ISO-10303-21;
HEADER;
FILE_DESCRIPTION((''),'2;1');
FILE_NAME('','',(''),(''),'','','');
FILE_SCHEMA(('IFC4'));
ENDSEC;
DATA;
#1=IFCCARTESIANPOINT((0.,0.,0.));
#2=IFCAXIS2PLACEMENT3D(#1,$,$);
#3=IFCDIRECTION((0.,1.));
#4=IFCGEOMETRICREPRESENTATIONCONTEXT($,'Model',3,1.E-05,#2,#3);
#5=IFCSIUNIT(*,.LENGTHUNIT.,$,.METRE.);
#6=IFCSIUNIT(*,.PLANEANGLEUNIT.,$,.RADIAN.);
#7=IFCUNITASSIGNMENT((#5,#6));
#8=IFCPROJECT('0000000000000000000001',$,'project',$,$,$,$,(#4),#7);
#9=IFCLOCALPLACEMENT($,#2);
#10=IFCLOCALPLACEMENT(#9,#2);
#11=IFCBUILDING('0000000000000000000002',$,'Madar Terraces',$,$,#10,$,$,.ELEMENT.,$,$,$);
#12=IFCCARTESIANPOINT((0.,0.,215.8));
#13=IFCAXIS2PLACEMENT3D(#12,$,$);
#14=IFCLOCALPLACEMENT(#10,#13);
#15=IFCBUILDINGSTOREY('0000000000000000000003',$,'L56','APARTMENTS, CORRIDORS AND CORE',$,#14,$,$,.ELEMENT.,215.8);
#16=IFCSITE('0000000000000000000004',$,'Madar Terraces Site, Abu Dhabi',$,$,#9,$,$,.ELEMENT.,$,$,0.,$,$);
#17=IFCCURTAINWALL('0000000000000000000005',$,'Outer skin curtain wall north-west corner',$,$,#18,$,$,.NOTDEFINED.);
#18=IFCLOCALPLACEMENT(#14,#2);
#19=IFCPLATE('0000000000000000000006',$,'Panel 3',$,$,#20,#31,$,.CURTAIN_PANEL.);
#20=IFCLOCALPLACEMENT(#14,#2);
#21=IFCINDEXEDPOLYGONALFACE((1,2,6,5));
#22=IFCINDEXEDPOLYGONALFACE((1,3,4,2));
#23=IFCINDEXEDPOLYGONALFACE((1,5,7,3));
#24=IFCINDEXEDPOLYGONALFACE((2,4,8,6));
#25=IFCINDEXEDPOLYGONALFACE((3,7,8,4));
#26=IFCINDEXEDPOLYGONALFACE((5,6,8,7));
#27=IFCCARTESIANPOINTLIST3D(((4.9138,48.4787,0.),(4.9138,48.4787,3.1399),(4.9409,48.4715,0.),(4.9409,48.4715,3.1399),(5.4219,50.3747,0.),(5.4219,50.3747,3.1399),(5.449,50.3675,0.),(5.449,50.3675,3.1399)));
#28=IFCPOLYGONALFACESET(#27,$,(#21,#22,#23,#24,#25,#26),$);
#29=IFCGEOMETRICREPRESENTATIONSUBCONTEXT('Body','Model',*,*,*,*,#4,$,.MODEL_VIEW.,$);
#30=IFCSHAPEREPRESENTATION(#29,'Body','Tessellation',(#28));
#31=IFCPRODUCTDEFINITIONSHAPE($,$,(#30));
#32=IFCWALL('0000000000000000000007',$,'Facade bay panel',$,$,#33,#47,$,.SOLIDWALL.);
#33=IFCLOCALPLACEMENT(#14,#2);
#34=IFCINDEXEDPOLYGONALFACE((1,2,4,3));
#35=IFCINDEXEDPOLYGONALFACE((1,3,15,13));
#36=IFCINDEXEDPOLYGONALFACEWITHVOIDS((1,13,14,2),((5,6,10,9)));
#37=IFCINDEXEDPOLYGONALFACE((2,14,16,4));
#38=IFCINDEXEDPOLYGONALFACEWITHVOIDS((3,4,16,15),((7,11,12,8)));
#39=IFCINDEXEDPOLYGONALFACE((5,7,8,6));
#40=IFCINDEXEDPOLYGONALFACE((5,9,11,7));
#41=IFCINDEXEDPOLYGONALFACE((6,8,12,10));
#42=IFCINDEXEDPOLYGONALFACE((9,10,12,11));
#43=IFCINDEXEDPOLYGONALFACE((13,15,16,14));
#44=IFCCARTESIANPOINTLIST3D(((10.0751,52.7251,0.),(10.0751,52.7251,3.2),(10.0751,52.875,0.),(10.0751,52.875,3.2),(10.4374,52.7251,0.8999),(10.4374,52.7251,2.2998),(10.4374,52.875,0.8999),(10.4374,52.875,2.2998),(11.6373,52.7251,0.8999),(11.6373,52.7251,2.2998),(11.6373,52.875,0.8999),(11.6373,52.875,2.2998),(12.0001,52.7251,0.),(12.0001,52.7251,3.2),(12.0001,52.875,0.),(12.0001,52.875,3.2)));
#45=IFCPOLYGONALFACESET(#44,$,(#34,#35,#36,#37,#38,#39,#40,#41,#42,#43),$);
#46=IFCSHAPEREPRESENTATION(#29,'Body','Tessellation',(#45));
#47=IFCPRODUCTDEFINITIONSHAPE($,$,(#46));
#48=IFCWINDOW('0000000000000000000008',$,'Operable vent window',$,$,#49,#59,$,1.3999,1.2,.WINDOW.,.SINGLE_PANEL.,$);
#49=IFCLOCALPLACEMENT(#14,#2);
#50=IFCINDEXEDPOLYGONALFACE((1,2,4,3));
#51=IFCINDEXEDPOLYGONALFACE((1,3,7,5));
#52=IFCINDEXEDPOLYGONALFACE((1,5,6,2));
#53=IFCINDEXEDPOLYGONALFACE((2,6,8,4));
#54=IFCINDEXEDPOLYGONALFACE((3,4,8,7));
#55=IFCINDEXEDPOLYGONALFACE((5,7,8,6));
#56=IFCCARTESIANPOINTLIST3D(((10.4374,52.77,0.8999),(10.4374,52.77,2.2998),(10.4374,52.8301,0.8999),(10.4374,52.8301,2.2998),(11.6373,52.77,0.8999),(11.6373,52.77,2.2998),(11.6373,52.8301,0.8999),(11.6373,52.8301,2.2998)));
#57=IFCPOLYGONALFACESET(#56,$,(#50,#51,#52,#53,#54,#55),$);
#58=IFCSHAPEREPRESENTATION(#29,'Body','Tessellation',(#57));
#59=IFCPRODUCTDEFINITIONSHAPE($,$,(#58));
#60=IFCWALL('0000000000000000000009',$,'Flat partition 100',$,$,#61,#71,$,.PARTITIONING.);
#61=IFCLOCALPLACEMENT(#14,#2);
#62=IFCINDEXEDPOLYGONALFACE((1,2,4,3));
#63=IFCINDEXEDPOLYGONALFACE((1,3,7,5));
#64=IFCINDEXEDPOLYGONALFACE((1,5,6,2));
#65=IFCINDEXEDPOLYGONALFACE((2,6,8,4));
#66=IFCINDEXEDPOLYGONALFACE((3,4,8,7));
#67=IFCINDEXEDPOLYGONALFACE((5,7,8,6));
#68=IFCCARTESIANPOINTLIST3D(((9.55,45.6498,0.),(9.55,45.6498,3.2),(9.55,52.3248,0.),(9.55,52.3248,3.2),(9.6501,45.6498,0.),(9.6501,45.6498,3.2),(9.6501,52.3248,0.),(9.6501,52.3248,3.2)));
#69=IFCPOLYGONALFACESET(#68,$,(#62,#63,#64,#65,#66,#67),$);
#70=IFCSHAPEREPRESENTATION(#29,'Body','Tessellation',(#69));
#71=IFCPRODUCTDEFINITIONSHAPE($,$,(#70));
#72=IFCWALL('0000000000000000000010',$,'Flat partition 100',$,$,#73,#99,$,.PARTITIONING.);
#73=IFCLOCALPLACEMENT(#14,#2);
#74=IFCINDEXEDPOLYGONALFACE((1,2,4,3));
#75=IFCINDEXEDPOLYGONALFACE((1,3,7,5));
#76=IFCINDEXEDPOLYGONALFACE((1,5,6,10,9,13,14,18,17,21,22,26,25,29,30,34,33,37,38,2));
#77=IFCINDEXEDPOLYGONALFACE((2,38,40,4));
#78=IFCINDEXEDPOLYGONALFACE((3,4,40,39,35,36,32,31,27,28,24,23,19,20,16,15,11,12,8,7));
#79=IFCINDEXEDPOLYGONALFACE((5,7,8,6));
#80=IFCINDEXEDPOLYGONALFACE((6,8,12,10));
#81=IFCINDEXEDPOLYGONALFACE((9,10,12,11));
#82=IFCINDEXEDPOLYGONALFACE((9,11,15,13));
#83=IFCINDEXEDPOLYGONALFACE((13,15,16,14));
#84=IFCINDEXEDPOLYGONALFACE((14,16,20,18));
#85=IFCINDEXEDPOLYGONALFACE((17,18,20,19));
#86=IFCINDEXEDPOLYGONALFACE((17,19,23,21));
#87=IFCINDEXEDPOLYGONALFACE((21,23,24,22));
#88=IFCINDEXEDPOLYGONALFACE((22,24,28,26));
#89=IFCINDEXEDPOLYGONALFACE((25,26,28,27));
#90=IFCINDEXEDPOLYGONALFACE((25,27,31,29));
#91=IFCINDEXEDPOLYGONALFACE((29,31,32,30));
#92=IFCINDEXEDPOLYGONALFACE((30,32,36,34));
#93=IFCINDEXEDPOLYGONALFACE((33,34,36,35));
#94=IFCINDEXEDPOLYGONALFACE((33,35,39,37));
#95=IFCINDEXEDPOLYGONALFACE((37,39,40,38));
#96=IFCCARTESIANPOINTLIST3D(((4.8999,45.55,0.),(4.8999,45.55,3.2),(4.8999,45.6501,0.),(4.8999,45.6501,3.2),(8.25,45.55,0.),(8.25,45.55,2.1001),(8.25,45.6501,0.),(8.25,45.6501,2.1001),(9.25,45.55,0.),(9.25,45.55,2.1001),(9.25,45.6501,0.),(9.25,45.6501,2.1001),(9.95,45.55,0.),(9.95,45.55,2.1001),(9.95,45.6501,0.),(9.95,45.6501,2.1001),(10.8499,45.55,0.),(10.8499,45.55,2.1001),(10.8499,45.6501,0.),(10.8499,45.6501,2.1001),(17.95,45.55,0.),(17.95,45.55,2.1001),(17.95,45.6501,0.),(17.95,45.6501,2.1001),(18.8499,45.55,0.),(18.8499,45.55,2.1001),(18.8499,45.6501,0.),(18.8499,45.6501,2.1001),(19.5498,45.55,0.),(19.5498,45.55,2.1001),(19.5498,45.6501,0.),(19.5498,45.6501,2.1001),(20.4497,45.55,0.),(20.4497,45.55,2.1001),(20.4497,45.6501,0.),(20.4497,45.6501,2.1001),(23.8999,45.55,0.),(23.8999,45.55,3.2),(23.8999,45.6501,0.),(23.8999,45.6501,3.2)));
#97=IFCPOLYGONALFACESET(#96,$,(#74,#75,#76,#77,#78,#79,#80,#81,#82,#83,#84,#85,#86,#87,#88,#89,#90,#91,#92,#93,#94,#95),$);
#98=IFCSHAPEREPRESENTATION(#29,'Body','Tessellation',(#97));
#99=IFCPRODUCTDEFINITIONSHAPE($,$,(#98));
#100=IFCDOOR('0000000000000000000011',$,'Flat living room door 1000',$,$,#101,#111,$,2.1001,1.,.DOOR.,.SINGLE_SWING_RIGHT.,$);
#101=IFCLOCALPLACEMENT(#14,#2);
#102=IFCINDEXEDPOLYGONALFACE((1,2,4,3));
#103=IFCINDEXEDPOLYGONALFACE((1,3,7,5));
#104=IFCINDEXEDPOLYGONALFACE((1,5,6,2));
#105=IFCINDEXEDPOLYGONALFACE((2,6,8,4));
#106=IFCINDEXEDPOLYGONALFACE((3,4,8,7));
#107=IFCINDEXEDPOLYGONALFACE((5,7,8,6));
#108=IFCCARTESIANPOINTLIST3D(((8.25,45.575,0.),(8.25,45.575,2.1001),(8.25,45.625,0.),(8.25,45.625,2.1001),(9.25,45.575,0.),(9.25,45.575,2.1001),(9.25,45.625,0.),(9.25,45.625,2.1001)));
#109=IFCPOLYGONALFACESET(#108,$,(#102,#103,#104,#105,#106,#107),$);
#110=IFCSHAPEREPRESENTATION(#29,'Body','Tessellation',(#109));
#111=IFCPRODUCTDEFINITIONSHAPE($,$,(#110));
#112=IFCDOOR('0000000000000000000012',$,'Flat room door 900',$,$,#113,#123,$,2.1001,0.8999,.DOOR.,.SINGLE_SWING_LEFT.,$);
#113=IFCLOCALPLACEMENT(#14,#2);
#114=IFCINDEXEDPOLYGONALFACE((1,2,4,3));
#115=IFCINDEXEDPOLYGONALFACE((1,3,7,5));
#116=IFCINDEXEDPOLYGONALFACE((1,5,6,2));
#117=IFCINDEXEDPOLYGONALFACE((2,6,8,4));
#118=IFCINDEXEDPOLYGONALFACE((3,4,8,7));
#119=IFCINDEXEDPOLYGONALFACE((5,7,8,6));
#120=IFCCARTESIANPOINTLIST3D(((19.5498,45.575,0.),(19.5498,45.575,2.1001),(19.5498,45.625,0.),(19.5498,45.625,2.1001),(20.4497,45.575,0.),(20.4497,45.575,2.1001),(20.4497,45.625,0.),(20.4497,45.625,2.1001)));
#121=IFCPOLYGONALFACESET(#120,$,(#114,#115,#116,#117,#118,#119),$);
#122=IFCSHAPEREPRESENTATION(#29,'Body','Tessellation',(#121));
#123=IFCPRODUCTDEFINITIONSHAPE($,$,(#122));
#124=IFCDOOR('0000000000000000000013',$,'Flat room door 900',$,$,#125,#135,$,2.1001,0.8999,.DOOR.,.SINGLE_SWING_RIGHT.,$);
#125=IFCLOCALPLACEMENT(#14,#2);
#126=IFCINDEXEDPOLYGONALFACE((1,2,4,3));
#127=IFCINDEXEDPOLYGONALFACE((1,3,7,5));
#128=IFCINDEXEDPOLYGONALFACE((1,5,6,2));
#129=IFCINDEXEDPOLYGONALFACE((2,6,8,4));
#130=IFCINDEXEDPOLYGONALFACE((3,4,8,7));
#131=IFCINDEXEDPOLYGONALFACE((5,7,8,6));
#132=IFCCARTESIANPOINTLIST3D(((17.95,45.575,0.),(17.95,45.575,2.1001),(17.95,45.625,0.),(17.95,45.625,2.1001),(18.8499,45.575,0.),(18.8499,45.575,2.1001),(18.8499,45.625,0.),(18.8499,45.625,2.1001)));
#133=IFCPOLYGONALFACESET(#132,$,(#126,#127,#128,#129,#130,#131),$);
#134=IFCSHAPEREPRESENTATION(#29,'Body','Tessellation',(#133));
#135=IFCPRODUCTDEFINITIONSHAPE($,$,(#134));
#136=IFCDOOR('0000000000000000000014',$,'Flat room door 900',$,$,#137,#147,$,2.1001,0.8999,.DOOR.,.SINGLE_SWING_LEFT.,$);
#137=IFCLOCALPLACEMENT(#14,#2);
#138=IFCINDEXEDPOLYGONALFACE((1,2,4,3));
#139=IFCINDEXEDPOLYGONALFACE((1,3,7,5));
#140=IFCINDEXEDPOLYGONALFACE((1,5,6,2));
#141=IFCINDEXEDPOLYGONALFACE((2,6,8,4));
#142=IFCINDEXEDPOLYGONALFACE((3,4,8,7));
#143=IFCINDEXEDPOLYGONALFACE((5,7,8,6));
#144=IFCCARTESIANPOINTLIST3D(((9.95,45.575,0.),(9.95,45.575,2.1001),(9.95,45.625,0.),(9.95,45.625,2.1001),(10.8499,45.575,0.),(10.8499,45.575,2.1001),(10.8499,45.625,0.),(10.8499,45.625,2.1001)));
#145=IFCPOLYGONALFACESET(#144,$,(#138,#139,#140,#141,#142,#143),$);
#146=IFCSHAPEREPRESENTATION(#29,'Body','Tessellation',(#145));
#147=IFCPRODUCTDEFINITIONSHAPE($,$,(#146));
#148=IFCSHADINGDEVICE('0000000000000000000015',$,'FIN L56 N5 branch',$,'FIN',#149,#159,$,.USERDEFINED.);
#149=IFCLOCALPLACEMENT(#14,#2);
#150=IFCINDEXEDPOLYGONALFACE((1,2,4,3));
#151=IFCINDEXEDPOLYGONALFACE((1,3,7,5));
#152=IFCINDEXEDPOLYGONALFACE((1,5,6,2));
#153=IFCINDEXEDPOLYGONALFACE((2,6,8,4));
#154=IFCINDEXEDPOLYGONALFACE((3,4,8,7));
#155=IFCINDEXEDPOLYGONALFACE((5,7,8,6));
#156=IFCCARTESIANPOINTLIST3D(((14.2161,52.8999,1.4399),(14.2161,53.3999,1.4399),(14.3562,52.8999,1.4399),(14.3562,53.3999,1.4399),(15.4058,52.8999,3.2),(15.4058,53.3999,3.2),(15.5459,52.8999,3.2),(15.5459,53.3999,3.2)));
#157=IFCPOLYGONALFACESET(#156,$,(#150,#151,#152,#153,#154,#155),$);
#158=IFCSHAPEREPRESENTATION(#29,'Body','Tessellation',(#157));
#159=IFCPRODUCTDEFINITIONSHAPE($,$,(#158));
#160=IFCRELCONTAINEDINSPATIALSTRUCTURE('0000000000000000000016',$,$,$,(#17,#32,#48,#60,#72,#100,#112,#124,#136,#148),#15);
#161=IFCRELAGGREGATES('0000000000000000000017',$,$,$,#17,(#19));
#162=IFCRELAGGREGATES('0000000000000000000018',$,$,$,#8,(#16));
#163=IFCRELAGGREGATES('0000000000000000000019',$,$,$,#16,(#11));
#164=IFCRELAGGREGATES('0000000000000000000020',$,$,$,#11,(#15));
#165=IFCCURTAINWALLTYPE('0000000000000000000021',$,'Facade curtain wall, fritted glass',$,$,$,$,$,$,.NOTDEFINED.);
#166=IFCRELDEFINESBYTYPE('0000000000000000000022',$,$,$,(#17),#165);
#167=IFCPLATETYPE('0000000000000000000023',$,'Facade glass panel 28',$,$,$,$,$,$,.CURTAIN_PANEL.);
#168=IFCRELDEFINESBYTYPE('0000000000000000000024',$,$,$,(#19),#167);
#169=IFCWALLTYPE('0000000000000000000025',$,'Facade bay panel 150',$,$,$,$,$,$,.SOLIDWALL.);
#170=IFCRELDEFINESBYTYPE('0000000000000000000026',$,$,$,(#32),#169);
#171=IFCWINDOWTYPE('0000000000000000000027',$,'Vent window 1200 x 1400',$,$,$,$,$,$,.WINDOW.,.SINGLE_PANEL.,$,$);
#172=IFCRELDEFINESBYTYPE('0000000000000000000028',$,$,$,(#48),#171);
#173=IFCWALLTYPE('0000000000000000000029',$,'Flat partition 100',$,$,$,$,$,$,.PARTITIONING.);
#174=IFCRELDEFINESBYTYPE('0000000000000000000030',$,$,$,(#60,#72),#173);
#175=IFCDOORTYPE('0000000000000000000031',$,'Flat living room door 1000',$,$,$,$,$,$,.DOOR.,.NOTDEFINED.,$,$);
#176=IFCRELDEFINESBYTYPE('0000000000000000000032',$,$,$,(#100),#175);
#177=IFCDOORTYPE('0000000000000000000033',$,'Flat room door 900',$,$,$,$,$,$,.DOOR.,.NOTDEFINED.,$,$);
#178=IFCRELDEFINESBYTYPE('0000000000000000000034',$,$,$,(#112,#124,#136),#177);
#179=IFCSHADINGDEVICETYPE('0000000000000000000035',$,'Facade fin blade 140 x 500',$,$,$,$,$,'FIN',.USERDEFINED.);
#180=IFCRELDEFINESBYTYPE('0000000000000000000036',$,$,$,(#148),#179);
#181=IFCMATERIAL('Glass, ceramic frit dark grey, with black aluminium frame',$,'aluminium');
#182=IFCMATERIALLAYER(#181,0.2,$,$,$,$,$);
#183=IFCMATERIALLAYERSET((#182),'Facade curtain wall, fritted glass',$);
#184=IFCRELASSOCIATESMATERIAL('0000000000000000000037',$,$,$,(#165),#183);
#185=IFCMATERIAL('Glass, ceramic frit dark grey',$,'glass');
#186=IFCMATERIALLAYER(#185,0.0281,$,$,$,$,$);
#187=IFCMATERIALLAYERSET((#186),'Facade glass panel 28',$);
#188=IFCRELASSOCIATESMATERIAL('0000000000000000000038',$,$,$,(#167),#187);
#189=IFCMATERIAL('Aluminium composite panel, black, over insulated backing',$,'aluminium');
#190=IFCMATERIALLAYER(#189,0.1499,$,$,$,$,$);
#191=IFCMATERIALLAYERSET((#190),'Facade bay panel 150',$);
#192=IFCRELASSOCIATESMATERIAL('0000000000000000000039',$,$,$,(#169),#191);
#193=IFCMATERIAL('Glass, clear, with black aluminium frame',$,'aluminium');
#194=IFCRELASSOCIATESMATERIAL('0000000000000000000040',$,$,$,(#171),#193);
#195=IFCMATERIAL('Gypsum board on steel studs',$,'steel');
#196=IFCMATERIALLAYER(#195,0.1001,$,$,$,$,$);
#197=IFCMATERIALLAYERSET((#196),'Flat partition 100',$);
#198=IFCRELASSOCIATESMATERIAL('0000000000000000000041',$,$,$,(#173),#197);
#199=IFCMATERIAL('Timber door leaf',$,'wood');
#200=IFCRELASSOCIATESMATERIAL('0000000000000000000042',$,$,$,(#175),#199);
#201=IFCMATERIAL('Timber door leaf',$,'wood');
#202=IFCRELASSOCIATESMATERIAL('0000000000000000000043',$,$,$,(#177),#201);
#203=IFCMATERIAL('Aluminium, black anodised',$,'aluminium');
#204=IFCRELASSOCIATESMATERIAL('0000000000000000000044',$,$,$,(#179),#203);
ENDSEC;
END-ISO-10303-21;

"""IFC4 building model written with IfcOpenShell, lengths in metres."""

from ifc_helpers import new_model, si_unit, direction, frame, frame_2d, origin, origin_2d, place, context, subcontext, project, spatial, polyline, rectangle, outline, extrude, material, layer, layer_set, type_object, element, fill, aggregate, save


model = new_model("IFC4")

# Units and contexts
model_context = context("Model", 3, precision=1e-05, world=origin(), true_north=direction((0.0, 1.0)))
body_context = subcontext(model_context, "Body", "Model", "MODEL_VIEW")
ifc_project = project(units=[si_unit("LENGTHUNIT", "METRE"), si_unit("PLANEANGLEUNIT", "RADIAN")], contexts=[model_context])

# Site, building, storey
site_placement = place(None, origin())
site = spatial("IfcSite", under=ifc_project, at=site_placement, Name="Madar Terraces Site, Abu Dhabi", CompositionType="ELEMENT", RefElevation=0.0)
building_placement = place(site_placement, origin())
building = spatial("IfcBuilding", under=site, at=building_placement, Name="Madar Terraces", CompositionType="ELEMENT")
storey_placement = place(building_placement, frame((0.0, 0.0, 215.8)))
storey = spatial("IfcBuildingStorey", under=building, at=storey_placement, Name="L56", Description="APARTMENTS, CORRIDORS AND CORE", CompositionType="ELEMENT", Elevation=215.8)

# Shared definitions
ifc_material_1 = material(Name="Glass, ceramic frit dark grey, with black aluminium frame", Category="aluminium")
ifc_layer_1 = layer(ifc_material_1, 0.2)
ifc_layer_set_1 = layer_set([ifc_layer_1], Name="Facade curtain wall, fritted glass")
curtain_wall_type = type_object("IfcCurtainWallType", Name="Facade curtain wall, fritted glass", PredefinedType="NOTDEFINED", material=ifc_layer_set_1)

# Curtain wall
curtain_wall_1_placement = place(storey_placement, origin())
curtain_wall_1 = element("IfcCurtainWall", 1, at=curtain_wall_1_placement, inside=storey, type_object=curtain_wall_type, Name="Outer skin curtain wall north-west corner", PredefinedType="NOTDEFINED")

# Shared definitions
ifc_material_2 = material(Name="Glass, ceramic frit dark grey", Category="glass")
ifc_layer_2 = layer(ifc_material_2, 0.0281)
ifc_layer_set_2 = layer_set([ifc_layer_2], Name="Facade glass panel 28")
plate_type = type_object("IfcPlateType", Name="Facade glass panel 28", PredefinedType="CURTAIN_PANEL", material=ifc_layer_set_2)

# Plate
plate_1_placement = place(storey_placement, frame((5.1814, 49.4231, 0.0), z_axis=(0.0, 0.0, 1.0), x_axis=(-0.258819, -0.965926, 0.0)))
plate_1 = element("IfcPlate", 2, at=plate_1_placement, type_object=plate_type, Name="Panel 3", PredefinedType="CURTAIN_PANEL", context=body_context, shape_type="SweptSolid", body=[
    extrude(rectangle(XDim=1.9629, YDim=0.0281, at=origin_2d()), origin(), (0.0, 0.0, 1.0), 3.1399),
])
aggregate(curtain_wall_1, [plate_1])

# Wall, opening, window
ifc_material_3 = material(Name="Aluminium composite panel, black, over insulated backing", Category="aluminium")
ifc_layer_3 = layer(ifc_material_3, 0.1499)
ifc_layer_set_3 = layer_set([ifc_layer_3], Name="Facade bay panel 150")
wall_type_1 = type_object("IfcWallType", Name="Facade bay panel 150", PredefinedType="SOLIDWALL", material=ifc_layer_set_3)
wall_1_placement = place(storey_placement, frame((12.0, 52.8, 0.0), z_axis=(0.0, 0.0, 1.0), x_axis=(-1.0, 0.0, 0.0)))
wall_1 = element("IfcWall", 3, at=wall_1_placement, inside=storey, type_object=wall_type_1, Name="Facade bay panel", PredefinedType="SOLIDWALL", context=body_context, shape_type="SweptSolid", body=[
    extrude(rectangle(XDim=1.925, YDim=0.1499, at=frame_2d((0.9624, 0.0))), origin(), (0.0, 0.0, 1.0), 3.2),
])
opening_1_placement = place(wall_1_placement, frame((0.3625, 0.0, 0.8999)))
opening_1 = element("IfcOpeningElement", 4, at=opening_1_placement, cuts=wall_1, PredefinedType="OPENING", context=body_context, shape_type="SweptSolid", body=[
    extrude(rectangle(XDim=1.2, YDim=1.3999, at=frame_2d((0.6001, 0.7))), frame((0.0, 0.085, 0.0), z_axis=(0.0, -1.0, 0.0), x_axis=(1.0, 0.0, 0.0)), (0.0, 0.0, 1.0), 0.1699),
])
ifc_material_4 = material(Name="Glass, clear, with black aluminium frame", Category="aluminium")
window_type = type_object("IfcWindowType", Name="Vent window 1200 x 1400", PartitioningType="SINGLE_PANEL", PredefinedType="WINDOW", material=ifc_material_4)
window_placement = place(opening_1_placement, origin())
window = element("IfcWindow", 5, at=window_placement, inside=storey, type_object=window_type, Name="Operable vent window", OverallHeight=1.3999, OverallWidth=1.2, PartitioningType="SINGLE_PANEL", PredefinedType="WINDOW", context=body_context, shape_type="SweptSolid", body=[
    extrude(rectangle(XDim=1.2, YDim=1.3999, at=frame_2d((0.6001, 0.7))), frame((0.0, 0.03, 0.0), z_axis=(0.0, -1.0, 0.0), x_axis=(1.0, 0.0, 0.0)), (0.0, 0.0, 1.0), 0.0601),
])
fill(opening_1, window)

# Wall
ifc_material_5 = material(Name="Gypsum board on steel studs", Category="steel")
ifc_layer_4 = layer(ifc_material_5, 0.1001)
ifc_layer_set_4 = layer_set([ifc_layer_4], Name="Flat partition 100")
wall_type_2 = type_object("IfcWallType", Name="Flat partition 100", PredefinedType="PARTITIONING", material=ifc_layer_set_4)
wall_2_placement = place(storey_placement, frame((9.6001, 45.6499, 0.0), z_axis=(0.0, 0.0, 1.0), x_axis=(0.0, 1.0, 0.0)))
element("IfcWall", 6, at=wall_2_placement, inside=storey, type_object=wall_type_2, Name="Flat partition 100", PredefinedType="PARTITIONING", context=body_context, shape_type="SweptSolid", body=[
    extrude(rectangle(XDim=6.675, YDim=0.1001, at=frame_2d((3.3374, 0.0))), origin(), (0.0, 0.0, 1.0), 3.2),
])

# Wall, openings, doors
wall_3_placement = place(storey_placement, frame((4.8999, 45.6001, 0.0), z_axis=(0.0, 0.0, 1.0), x_axis=(1.0, 0.0, 0.0)))
wall_3 = element("IfcWall", 7, at=wall_3_placement, inside=storey, type_object=wall_type_2, Name="Flat partition 100", PredefinedType="PARTITIONING", context=body_context, shape_type="SweptSolid", body=[
    extrude(rectangle(XDim=19.0, YDim=0.1001, at=frame_2d((9.5, 0.0))), origin(), (0.0, 0.0, 1.0), 3.2),
])
opening_2_placement = place(wall_3_placement, frame((14.6499, 0.0, 0.0)))
opening_2 = element("IfcOpeningElement", 8, at=opening_2_placement, cuts=wall_3, PredefinedType="OPENING", context=body_context, shape_type="SweptSolid", body=[
    extrude(rectangle(XDim=0.8999, YDim=2.1001, at=frame_2d((0.45, 1.05))), frame((0.0, 0.0601, 0.0), z_axis=(0.0, -1.0, 0.0), x_axis=(1.0, 0.0, 0.0)), (0.0, 0.0, 1.0), 0.1201),
])
opening_3_placement = place(wall_3_placement, frame((13.05, 0.0, 0.0)))
opening_3 = element("IfcOpeningElement", 9, at=opening_3_placement, cuts=wall_3, PredefinedType="OPENING", context=body_context, shape_type="SweptSolid", body=[
    extrude(rectangle(XDim=0.8999, YDim=2.1001, at=frame_2d((0.45, 1.05))), frame((0.0, 0.0601, 0.0), z_axis=(0.0, -1.0, 0.0), x_axis=(1.0, 0.0, 0.0)), (0.0, 0.0, 1.0), 0.1201),
])
opening_4_placement = place(wall_3_placement, frame((5.05, 0.0, 0.0)))
opening_4 = element("IfcOpeningElement", 10, at=opening_4_placement, cuts=wall_3, PredefinedType="OPENING", context=body_context, shape_type="SweptSolid", body=[
    extrude(rectangle(XDim=0.8999, YDim=2.1001, at=frame_2d((0.45, 1.05))), frame((0.0, 0.0601, 0.0), z_axis=(0.0, -1.0, 0.0), x_axis=(1.0, 0.0, 0.0)), (0.0, 0.0, 1.0), 0.1201),
])
opening_5_placement = place(wall_3_placement, frame((3.3501, 0.0, 0.0)))
opening_5 = element("IfcOpeningElement", 11, at=opening_5_placement, cuts=wall_3, PredefinedType="OPENING", context=body_context, shape_type="SweptSolid", body=[
    extrude(rectangle(XDim=1.0, YDim=2.1001, at=frame_2d((0.5, 1.05))), frame((0.0, 0.0601, 0.0), z_axis=(0.0, -1.0, 0.0), x_axis=(1.0, 0.0, 0.0)), (0.0, 0.0, 1.0), 0.1201),
])
ifc_material_6 = material(Name="Timber door leaf", Category="wood")
door_type_1 = type_object("IfcDoorType", Name="Flat living room door 1000", OperationType="NOTDEFINED", PredefinedType="DOOR", material=ifc_material_6)
door_1_placement = place(opening_5_placement, origin())
door_1 = element("IfcDoor", 12, at=door_1_placement, inside=storey, type_object=door_type_1, Name="Flat living room door 1000", OperationType="SINGLE_SWING_RIGHT", OverallHeight=2.1001, OverallWidth=1.0, PredefinedType="DOOR", context=body_context, shape_type="SweptSolid", body=[
    extrude(rectangle(XDim=1.0, YDim=2.1001, at=frame_2d((0.5, 1.05))), frame((0.0, 0.0249, 0.0), z_axis=(0.0, -1.0, 0.0), x_axis=(1.0, 0.0, 0.0)), (0.0, 0.0, 1.0), 0.05),
])
fill(opening_5, door_1)
ifc_material_7 = material(Name="Timber door leaf", Category="wood")
door_type_2 = type_object("IfcDoorType", Name="Flat room door 900", OperationType="NOTDEFINED", PredefinedType="DOOR", material=ifc_material_7)
door_2_placement = place(opening_2_placement, origin())
door_2 = element("IfcDoor", 13, at=door_2_placement, inside=storey, type_object=door_type_2, Name="Flat room door 900", OperationType="SINGLE_SWING_LEFT", OverallHeight=2.1001, OverallWidth=0.8999, PredefinedType="DOOR", context=body_context, shape_type="SweptSolid", body=[
    extrude(rectangle(XDim=0.8999, YDim=2.1001, at=frame_2d((0.45, 1.05))), frame((0.0, 0.0249, 0.0), z_axis=(0.0, -1.0, 0.0), x_axis=(1.0, 0.0, 0.0)), (0.0, 0.0, 1.0), 0.05),
])
fill(opening_2, door_2)
door_3_placement = place(opening_3_placement, origin())
door_3 = element("IfcDoor", 14, at=door_3_placement, inside=storey, type_object=door_type_2, Name="Flat room door 900", OperationType="SINGLE_SWING_RIGHT", OverallHeight=2.1001, OverallWidth=0.8999, PredefinedType="DOOR", context=body_context, shape_type="SweptSolid", body=[
    extrude(rectangle(XDim=0.8999, YDim=2.1001, at=frame_2d((0.45, 1.05))), frame((0.0, 0.0249, 0.0), z_axis=(0.0, -1.0, 0.0), x_axis=(1.0, 0.0, 0.0)), (0.0, 0.0, 1.0), 0.05),
])
fill(opening_3, door_3)
door_4_placement = place(opening_4_placement, origin())
door_4 = element("IfcDoor", 15, at=door_4_placement, inside=storey, type_object=door_type_2, Name="Flat room door 900", OperationType="SINGLE_SWING_LEFT", OverallHeight=2.1001, OverallWidth=0.8999, PredefinedType="DOOR", context=body_context, shape_type="SweptSolid", body=[
    extrude(rectangle(XDim=0.8999, YDim=2.1001, at=frame_2d((0.45, 1.05))), frame((0.0, 0.0249, 0.0), z_axis=(0.0, -1.0, 0.0), x_axis=(1.0, 0.0, 0.0)), (0.0, 0.0, 1.0), 0.05),
])
fill(opening_4, door_4)

# Shading device
ifc_material_8 = material(Name="Aluminium, black anodised", Category="aluminium")
shading_device_type = type_object("IfcShadingDeviceType", Name="Facade fin blade 140 x 500", ElementType="FIN", PredefinedType="USERDEFINED", material=ifc_material_8)
shading_device_1_placement = place(storey_placement, frame((14.3562, 53.1499, 1.4399), z_axis=(0.0, 0.0, 1.0), x_axis=(-1.0, 0.0, 0.0)))
element("IfcShadingDevice", 16, at=shading_device_1_placement, inside=storey, type_object=shading_device_type, Name="FIN L56 N5 branch", ObjectType="FIN", PredefinedType="USERDEFINED", context=body_context, shape_type="SweptSolid", body=[
    extrude(outline(polyline([(0.0, 0.0), (0.1401, 0.0), (-1.0496, 1.76), (-1.1897, 1.76), (0.0, 0.0)])), frame((0.0, 0.25, 0.0), z_axis=(0.0, -1.0, 0.0), x_axis=(1.0, 0.0, 0.0)), (0.0, 0.0, 1.0), 0.5),
])

save(model, "model.ifc")
